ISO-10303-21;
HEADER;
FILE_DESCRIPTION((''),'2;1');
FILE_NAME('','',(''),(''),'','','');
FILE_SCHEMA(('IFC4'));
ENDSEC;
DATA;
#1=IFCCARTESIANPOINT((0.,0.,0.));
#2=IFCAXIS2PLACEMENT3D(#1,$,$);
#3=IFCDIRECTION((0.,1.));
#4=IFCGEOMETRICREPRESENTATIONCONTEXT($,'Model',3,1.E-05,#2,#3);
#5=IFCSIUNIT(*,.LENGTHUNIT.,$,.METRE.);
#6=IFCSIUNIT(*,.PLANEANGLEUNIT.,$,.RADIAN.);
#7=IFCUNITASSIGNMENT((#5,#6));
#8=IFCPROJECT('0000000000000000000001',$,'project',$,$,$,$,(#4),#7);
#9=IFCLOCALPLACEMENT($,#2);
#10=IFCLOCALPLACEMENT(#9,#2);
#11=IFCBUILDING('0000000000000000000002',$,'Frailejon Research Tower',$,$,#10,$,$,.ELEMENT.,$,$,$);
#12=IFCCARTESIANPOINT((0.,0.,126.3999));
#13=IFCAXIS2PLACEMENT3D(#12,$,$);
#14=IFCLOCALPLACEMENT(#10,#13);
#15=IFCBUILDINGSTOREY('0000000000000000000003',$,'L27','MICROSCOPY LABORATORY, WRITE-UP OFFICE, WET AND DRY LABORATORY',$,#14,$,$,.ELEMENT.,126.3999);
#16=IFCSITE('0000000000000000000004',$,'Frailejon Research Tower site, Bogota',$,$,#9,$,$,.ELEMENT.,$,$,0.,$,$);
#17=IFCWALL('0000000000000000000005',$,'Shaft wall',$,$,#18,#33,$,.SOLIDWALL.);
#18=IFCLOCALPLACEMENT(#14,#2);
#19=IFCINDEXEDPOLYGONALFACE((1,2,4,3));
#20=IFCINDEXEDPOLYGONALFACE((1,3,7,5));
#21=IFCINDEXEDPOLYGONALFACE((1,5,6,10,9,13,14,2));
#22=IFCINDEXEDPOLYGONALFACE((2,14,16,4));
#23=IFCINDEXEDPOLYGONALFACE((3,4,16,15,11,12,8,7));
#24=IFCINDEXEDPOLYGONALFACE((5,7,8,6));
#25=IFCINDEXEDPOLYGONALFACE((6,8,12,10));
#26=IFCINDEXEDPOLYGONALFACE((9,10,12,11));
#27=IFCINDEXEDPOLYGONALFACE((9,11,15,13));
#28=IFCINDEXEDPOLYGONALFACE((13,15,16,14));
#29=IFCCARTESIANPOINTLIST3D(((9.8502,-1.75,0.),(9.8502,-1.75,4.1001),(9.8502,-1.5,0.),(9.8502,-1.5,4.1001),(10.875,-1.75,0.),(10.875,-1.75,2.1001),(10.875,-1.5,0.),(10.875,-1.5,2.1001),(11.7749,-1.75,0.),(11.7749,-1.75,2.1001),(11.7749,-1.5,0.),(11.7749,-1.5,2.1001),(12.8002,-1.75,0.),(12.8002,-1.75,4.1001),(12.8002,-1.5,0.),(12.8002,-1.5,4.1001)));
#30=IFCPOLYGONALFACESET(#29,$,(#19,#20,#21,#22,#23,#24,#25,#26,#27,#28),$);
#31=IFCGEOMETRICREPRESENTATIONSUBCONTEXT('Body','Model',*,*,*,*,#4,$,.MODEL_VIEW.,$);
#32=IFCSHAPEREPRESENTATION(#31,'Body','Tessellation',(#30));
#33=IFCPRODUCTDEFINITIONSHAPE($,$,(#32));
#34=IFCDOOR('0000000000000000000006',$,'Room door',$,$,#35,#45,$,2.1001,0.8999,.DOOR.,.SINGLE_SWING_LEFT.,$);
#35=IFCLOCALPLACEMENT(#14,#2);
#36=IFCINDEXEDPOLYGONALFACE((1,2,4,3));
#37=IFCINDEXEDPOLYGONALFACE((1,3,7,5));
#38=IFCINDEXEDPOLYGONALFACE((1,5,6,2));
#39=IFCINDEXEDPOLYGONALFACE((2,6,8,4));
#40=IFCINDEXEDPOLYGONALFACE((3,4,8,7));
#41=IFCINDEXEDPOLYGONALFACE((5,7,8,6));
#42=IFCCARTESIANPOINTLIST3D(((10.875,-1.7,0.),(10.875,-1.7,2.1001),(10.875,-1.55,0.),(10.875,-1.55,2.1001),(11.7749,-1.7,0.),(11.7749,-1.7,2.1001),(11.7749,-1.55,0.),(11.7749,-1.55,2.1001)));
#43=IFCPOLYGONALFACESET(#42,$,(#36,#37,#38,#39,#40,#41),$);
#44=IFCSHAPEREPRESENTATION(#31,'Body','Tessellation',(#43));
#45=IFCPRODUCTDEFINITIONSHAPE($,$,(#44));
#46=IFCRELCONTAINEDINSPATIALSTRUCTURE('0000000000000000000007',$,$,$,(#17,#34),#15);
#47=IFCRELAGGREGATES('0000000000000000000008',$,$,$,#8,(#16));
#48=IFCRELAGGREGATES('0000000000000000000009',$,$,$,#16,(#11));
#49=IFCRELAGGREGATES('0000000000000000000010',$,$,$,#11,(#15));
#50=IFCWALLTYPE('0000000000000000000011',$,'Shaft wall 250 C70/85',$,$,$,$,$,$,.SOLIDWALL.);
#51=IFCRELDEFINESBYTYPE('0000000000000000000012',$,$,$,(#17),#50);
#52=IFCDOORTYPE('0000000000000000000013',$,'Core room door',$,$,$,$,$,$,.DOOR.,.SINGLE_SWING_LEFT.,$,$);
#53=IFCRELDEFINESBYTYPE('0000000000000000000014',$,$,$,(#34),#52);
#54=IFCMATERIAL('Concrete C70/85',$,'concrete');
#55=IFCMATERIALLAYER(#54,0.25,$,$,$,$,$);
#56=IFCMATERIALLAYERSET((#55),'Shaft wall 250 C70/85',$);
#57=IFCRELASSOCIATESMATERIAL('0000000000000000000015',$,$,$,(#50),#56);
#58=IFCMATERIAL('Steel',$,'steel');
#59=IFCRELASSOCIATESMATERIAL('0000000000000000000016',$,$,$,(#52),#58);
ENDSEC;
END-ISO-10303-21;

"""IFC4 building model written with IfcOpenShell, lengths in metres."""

from ifc_helpers import new_model, si_unit, direction, frame, frame_2d, origin, place, context, subcontext, project, spatial, rectangle, extrude, material, layer, layer_set, type_object, element, fill, save


model = new_model("IFC4")

# Units and contexts
model_context = context("Model", 3, precision=1e-05, world=origin(), true_north=direction((0.0, 1.0)))
body_context = subcontext(model_context, "Body", "Model", "MODEL_VIEW")
ifc_project = project(units=[si_unit("LENGTHUNIT", "METRE"), si_unit("PLANEANGLEUNIT", "RADIAN")], contexts=[model_context])

# Site, building, storey
site_placement = place(None, origin())
site = spatial("IfcSite", under=ifc_project, at=site_placement, Name="Frailejon Research Tower site, Bogota", CompositionType="ELEMENT", RefElevation=0.0)
building_placement = place(site_placement, origin())
building = spatial("IfcBuilding", under=site, at=building_placement, Name="Frailejon Research Tower", CompositionType="ELEMENT")
storey_placement = place(building_placement, frame((0.0, 0.0, 126.3999)))
storey = spatial("IfcBuildingStorey", under=building, at=storey_placement, Name="L27", Description="MICROSCOPY LABORATORY, WRITE-UP OFFICE, WET AND DRY LABORATORY", CompositionType="ELEMENT", Elevation=126.3999)

# Wall, opening, door
ifc_material_1 = material(Name="Concrete C70/85", Category="concrete")
ifc_layer_1 = layer(ifc_material_1, 0.25)
ifc_layer_set_1 = layer_set([ifc_layer_1], Name="Shaft wall 250 C70/85")
wall_type_1 = type_object("IfcWallType", Name="Shaft wall 250 C70/85", PredefinedType="SOLIDWALL", material=ifc_layer_set_1)
wall_1_placement = place(storey_placement, frame((9.8501, -1.625, 0.0), z_axis=(0.0, 0.0, 1.0), x_axis=(1.0, 0.0, 0.0)))
wall_1 = element("IfcWall", 1, at=wall_1_placement, inside=storey, type_object=wall_type_1, Name="Shaft wall", PredefinedType="SOLIDWALL", context=body_context, shape_type="SweptSolid", body=[
    extrude(rectangle(XDim=2.95, YDim=0.25, at=frame_2d((1.4751, 0.0))), origin(), (0.0, 0.0, 1.0), 4.1001),
])
opening_1_placement = place(wall_1_placement, frame((1.0249, 0.0, 0.0)))
opening_1 = element("IfcOpeningElement", 2, at=opening_1_placement, cuts=wall_1, PredefinedType="OPENING", context=body_context, shape_type="SweptSolid", body=[
    extrude(rectangle(XDim=0.8999, YDim=2.1001, at=frame_2d((0.45, 1.05))), frame((0.0, 0.135, 0.0), z_axis=(0.0, -1.0, 0.0), x_axis=(1.0, 0.0, 0.0)), (0.0, 0.0, 1.0), 0.27),
])
ifc_material_2 = material(Name="Steel", Category="steel")
door_type_1 = type_object("IfcDoorType", Name="Core room door", OperationType="SINGLE_SWING_LEFT", PredefinedType="DOOR", material=ifc_material_2)
door_1_placement = place(opening_1_placement, origin())
door_1 = element("IfcDoor", 3, at=door_1_placement, inside=storey, type_object=door_type_1, Name="Room door", OperationType="SINGLE_SWING_LEFT", OverallHeight=2.1001, OverallWidth=0.8999, PredefinedType="DOOR", context=body_context, shape_type="SweptSolid", body=[
    extrude(rectangle(XDim=0.8999, YDim=2.1001, at=frame_2d((0.45, 1.05))), frame((0.0, 0.075, 0.0), z_axis=(0.0, -1.0, 0.0), x_axis=(1.0, 0.0, 0.0)), (0.0, 0.0, 1.0), 0.1499),
])
fill(opening_1, door_1)

save(model, "model.ifc")
